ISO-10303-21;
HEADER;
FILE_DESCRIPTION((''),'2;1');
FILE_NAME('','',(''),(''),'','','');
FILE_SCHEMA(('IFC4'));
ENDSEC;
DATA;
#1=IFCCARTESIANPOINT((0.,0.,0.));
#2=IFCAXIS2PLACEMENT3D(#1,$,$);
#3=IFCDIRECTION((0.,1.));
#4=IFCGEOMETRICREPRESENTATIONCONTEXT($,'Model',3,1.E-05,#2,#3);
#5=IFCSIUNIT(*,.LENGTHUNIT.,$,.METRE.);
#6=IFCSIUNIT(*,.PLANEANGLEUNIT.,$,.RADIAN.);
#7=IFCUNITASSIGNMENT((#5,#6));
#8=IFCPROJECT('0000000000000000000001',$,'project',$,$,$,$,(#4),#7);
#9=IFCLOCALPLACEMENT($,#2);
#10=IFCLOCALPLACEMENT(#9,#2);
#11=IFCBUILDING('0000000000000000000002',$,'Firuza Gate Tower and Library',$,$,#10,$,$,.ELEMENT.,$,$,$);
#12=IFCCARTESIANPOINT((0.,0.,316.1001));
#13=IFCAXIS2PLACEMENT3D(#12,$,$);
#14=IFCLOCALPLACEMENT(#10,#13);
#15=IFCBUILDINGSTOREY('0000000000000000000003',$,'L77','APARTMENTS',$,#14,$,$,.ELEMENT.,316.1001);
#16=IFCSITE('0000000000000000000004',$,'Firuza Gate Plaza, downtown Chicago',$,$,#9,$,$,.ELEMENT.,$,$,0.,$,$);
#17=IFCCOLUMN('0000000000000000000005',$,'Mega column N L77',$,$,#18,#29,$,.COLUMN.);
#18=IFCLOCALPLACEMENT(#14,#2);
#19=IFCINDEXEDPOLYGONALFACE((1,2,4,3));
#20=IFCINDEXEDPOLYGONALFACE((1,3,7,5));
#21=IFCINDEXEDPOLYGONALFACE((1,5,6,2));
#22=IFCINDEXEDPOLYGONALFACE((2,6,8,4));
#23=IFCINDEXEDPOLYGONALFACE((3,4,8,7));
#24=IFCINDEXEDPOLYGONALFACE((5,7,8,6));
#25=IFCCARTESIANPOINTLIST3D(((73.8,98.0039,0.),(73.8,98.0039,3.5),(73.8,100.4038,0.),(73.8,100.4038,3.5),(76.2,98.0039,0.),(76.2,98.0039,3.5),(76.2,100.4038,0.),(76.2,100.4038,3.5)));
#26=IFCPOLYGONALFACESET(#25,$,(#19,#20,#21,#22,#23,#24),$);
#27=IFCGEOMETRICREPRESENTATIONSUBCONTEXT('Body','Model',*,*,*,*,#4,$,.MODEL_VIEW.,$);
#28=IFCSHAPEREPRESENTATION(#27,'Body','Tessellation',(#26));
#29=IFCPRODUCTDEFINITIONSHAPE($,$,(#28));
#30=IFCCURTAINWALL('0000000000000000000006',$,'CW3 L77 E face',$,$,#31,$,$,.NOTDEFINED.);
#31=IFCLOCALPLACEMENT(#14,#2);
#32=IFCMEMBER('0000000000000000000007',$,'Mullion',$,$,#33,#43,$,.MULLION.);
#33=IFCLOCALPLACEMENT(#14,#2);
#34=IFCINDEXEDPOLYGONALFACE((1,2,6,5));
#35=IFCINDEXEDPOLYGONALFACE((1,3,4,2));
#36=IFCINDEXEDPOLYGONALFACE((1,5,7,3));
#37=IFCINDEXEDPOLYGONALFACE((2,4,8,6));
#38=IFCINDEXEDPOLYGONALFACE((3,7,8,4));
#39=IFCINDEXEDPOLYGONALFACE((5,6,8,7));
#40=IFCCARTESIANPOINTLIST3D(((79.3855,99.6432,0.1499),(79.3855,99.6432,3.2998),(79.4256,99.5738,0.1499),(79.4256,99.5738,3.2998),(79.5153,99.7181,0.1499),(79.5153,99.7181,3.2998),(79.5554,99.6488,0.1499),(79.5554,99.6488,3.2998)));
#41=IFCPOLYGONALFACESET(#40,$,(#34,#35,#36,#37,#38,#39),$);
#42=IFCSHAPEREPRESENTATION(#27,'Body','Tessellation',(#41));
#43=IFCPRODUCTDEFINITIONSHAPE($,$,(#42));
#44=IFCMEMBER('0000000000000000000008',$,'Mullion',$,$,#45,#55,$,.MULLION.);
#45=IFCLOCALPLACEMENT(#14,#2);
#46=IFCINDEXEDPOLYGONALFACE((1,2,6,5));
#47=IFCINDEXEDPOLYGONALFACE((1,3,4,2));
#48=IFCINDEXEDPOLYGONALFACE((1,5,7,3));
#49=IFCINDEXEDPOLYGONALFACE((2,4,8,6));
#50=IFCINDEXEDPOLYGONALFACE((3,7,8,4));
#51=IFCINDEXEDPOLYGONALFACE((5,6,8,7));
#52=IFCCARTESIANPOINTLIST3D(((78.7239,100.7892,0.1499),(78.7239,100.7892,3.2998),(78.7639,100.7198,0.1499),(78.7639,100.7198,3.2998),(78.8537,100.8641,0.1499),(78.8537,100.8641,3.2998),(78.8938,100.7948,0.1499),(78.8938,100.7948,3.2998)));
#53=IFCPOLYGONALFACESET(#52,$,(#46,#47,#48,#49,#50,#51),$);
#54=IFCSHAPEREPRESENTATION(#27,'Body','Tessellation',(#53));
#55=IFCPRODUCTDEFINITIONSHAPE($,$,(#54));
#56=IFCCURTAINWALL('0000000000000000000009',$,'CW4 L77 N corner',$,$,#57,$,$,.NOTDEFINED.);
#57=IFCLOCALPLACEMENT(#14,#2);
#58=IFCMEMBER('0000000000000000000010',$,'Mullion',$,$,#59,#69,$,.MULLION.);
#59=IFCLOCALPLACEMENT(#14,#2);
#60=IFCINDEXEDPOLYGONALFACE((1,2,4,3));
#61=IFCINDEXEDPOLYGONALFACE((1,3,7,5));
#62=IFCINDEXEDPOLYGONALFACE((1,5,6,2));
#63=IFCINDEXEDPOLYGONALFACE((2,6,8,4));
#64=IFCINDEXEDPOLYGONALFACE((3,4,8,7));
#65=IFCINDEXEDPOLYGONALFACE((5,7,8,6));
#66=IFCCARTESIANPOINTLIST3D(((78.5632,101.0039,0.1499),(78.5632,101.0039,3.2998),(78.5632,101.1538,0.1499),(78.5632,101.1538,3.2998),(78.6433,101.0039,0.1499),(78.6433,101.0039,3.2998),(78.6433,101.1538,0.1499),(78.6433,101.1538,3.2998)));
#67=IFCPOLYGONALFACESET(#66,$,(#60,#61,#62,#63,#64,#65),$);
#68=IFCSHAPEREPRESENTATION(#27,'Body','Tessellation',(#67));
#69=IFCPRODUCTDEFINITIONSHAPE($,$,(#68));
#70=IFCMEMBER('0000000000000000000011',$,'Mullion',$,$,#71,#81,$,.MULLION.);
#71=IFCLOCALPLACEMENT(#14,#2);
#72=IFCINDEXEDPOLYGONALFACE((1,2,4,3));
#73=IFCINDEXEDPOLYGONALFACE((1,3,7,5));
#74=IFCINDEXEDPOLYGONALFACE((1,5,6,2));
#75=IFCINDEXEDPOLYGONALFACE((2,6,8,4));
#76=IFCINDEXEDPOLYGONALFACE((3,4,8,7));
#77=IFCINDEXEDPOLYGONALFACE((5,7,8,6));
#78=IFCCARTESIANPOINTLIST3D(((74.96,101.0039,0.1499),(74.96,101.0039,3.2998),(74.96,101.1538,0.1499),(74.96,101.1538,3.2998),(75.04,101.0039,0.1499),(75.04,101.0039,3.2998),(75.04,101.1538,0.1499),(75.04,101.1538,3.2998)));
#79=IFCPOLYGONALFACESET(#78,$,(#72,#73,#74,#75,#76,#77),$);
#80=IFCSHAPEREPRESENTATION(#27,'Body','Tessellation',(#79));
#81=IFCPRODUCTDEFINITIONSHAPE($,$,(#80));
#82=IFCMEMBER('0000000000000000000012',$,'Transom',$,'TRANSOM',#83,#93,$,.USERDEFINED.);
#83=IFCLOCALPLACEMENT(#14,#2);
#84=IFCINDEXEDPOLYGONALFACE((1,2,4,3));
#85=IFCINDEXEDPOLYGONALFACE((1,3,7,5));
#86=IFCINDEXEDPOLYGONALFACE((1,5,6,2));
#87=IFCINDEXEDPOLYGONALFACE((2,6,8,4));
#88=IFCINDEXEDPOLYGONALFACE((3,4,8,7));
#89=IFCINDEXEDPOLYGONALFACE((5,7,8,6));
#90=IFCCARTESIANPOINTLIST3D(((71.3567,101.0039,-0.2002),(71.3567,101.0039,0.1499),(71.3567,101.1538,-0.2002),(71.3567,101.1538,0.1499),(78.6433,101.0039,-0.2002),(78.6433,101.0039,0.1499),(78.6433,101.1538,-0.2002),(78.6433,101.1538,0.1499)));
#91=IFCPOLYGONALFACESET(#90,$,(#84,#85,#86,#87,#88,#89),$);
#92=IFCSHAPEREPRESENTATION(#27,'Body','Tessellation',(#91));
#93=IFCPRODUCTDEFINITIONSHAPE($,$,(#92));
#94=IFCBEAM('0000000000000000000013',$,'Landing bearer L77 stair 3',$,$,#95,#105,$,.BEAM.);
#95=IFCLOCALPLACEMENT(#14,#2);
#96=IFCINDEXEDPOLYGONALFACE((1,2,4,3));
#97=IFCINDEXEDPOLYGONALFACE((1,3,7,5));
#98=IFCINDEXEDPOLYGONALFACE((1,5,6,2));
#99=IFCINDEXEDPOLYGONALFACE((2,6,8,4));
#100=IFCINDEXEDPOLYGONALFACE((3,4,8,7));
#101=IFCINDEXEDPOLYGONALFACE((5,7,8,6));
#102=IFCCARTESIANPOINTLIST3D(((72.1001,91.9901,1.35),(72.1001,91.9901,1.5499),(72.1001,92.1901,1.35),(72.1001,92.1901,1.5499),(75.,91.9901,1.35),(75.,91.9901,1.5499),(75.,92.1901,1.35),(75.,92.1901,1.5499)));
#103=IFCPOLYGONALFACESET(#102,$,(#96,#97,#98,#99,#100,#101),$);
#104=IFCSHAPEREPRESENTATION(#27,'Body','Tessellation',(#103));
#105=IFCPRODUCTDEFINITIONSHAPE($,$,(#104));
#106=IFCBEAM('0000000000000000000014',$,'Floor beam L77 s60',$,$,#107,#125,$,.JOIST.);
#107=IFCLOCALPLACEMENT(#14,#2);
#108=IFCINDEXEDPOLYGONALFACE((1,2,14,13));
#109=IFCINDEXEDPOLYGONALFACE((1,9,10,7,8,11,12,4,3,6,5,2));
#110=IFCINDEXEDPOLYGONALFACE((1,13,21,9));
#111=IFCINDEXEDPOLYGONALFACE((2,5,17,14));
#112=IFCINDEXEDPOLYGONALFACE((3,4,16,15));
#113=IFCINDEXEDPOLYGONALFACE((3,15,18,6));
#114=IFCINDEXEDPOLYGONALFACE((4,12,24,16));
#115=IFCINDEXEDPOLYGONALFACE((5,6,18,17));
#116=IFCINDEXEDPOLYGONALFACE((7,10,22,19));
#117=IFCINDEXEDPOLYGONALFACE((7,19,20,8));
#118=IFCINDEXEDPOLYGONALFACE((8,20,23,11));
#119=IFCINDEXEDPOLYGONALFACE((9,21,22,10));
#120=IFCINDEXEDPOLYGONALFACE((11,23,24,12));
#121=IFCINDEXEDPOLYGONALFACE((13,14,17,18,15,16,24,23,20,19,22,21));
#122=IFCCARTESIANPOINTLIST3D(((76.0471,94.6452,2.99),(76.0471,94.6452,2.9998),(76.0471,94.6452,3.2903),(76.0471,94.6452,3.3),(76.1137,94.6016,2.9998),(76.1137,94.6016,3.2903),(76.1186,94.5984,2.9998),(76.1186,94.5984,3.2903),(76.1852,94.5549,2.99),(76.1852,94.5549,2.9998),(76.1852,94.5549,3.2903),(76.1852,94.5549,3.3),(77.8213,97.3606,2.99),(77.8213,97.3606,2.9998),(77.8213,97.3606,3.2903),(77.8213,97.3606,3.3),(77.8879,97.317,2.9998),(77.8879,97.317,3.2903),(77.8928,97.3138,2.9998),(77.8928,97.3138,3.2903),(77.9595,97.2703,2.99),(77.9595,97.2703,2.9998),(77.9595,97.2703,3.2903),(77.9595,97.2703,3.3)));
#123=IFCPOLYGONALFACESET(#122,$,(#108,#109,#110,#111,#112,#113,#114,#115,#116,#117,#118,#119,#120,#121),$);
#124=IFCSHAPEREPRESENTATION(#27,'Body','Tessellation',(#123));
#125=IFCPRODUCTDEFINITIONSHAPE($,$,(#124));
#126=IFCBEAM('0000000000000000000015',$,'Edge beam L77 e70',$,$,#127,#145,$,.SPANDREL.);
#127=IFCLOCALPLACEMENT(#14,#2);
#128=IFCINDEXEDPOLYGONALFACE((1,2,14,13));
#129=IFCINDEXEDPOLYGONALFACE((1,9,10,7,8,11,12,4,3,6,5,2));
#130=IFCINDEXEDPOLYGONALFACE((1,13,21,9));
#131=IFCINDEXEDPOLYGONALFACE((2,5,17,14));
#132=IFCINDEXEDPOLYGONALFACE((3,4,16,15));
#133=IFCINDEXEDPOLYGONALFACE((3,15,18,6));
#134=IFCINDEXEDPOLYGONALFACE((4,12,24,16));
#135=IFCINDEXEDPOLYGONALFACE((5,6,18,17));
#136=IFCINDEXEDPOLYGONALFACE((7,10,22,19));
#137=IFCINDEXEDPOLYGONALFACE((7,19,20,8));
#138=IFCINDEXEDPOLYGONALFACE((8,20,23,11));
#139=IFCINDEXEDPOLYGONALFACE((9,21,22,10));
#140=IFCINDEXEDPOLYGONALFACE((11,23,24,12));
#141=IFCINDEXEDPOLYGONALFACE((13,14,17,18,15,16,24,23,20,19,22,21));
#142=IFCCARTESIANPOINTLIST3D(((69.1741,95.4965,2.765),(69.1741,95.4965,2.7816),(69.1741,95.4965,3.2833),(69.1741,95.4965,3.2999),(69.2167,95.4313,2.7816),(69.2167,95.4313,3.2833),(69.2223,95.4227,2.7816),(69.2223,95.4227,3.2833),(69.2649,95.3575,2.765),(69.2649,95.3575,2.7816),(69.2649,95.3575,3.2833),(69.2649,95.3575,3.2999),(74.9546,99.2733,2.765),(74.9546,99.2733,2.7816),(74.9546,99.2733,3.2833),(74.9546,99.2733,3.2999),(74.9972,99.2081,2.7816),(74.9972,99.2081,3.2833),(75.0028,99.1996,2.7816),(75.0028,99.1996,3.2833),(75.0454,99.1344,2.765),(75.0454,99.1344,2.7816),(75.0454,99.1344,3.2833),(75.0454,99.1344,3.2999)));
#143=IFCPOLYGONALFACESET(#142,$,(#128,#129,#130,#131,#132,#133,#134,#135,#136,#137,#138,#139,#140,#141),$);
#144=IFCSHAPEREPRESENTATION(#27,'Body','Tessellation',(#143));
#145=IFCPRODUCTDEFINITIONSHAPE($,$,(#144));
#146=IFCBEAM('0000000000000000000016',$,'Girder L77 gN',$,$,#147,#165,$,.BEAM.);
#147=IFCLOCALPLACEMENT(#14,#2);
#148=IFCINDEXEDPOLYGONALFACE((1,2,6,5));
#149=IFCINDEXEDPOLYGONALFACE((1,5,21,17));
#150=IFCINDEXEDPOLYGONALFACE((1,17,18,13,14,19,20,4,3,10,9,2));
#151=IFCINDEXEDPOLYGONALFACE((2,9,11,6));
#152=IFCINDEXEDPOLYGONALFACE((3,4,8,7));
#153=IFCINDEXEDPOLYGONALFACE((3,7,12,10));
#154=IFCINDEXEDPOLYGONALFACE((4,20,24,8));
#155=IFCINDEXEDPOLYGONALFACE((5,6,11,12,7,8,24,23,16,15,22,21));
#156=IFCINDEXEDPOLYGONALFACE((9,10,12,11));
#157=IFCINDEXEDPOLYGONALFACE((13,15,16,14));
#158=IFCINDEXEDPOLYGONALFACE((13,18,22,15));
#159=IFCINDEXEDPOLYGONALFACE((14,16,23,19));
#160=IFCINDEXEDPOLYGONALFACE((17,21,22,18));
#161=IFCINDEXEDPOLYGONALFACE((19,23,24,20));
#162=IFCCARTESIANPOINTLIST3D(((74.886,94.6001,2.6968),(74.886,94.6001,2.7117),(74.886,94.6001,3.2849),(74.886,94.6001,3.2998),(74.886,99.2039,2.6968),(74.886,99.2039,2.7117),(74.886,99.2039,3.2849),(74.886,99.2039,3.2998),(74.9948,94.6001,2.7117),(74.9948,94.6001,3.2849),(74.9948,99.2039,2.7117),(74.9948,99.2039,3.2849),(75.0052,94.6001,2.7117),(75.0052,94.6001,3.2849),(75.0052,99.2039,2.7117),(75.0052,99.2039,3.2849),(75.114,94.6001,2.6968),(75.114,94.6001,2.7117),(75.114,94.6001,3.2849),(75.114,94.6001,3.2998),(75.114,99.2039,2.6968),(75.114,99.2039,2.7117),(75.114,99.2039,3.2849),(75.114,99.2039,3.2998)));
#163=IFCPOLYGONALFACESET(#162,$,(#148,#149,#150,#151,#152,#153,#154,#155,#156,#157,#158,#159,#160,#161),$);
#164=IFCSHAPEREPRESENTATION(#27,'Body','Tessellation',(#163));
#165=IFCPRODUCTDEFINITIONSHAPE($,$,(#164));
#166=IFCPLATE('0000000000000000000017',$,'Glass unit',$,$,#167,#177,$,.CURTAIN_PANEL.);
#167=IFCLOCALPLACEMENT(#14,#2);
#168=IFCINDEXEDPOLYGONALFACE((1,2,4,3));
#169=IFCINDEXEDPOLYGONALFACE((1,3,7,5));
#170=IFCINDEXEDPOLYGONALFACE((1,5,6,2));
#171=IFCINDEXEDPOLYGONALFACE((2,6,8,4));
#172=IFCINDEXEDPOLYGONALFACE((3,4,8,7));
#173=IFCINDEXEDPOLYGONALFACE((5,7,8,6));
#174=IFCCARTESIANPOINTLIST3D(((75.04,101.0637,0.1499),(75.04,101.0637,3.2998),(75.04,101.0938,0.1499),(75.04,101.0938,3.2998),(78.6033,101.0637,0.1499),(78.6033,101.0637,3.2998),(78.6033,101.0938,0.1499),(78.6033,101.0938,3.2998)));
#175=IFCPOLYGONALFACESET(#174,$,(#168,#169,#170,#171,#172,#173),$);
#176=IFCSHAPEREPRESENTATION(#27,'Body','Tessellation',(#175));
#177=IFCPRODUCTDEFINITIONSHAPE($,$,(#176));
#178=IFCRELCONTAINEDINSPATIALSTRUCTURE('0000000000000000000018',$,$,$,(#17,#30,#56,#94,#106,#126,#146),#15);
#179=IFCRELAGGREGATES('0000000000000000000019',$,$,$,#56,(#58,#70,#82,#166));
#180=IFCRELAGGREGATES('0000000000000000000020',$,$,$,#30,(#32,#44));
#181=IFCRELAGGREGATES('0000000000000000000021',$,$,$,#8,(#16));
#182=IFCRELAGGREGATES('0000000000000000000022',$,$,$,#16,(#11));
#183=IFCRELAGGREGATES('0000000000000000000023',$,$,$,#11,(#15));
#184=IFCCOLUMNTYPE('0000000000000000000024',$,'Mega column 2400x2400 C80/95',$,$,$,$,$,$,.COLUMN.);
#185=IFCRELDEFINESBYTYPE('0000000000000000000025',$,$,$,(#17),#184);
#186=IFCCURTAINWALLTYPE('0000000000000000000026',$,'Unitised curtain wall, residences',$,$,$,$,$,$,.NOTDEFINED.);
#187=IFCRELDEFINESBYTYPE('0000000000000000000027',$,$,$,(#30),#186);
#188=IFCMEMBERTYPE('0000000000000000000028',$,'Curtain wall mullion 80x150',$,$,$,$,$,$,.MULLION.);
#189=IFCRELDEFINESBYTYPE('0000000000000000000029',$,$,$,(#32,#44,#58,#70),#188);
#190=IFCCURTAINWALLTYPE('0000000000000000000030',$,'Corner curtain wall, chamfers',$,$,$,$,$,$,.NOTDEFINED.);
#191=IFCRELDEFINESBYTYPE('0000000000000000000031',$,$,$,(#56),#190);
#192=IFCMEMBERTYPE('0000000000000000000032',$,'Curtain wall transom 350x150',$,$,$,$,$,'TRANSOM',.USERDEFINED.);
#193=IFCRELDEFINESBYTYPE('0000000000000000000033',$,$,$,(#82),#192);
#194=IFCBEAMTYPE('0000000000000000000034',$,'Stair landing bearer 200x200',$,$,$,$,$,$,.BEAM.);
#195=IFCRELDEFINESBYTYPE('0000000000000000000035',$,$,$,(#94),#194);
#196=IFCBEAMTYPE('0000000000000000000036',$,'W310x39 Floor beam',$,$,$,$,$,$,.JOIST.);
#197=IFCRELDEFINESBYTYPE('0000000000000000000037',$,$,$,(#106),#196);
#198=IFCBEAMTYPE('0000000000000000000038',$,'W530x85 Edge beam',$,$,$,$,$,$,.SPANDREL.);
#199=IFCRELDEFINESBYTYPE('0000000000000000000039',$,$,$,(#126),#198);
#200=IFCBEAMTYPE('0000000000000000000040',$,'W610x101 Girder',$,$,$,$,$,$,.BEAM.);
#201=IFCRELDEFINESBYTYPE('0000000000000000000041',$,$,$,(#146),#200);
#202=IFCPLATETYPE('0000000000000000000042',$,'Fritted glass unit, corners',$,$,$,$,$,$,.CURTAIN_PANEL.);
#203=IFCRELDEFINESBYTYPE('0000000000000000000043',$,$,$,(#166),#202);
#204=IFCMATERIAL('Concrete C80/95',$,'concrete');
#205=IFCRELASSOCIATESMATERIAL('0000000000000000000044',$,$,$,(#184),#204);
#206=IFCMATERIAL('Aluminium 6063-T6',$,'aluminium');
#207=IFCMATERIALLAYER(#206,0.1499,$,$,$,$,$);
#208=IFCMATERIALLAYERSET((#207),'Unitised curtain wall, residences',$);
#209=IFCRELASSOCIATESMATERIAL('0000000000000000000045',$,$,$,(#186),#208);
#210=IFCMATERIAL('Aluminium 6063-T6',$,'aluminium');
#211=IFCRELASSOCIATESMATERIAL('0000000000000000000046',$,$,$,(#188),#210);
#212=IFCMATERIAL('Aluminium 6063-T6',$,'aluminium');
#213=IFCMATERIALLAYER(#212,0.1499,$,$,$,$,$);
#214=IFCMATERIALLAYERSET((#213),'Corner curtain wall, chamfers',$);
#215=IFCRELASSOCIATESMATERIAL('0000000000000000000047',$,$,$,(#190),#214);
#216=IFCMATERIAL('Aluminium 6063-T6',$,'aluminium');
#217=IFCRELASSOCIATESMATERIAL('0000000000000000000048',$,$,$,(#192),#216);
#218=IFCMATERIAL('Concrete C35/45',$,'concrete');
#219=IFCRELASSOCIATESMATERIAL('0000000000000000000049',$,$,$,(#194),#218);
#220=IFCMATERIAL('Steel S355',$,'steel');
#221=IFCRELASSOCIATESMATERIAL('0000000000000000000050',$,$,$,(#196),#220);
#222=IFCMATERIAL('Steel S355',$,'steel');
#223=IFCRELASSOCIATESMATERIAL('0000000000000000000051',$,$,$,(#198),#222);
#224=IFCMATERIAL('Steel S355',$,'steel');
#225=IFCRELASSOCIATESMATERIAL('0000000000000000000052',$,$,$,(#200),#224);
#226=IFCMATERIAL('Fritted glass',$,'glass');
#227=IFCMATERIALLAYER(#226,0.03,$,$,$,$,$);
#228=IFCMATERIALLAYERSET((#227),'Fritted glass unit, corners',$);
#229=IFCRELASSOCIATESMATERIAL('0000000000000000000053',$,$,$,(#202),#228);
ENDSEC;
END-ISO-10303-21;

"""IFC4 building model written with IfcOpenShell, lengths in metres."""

from ifc_helpers import new_model, si_unit, direction, frame, origin, origin_2d, place, context, subcontext, project, spatial, polyline, rectangle, i_section, outline, extrude, material, layer, layer_set, material_profile, profile_set, type_object, element, aggregate, save


model = new_model("IFC4")

# Units and contexts
model_context = context("Model", 3, precision=1e-05, world=origin(), true_north=direction((0.0, 1.0)))
body_context = subcontext(model_context, "Body", "Model", "MODEL_VIEW")
ifc_project = project(units=[si_unit("LENGTHUNIT", "METRE"), si_unit("PLANEANGLEUNIT", "RADIAN")], contexts=[model_context])

# Site, building, storey
site_placement = place(None, origin())
site = spatial("IfcSite", under=ifc_project, at=site_placement, Name="Firuza Gate Plaza, downtown Chicago", CompositionType="ELEMENT", RefElevation=0.0)
building_placement = place(site_placement, origin())
building = spatial("IfcBuilding", under=site, at=building_placement, Name="Firuza Gate Tower and Library", CompositionType="ELEMENT")
storey_placement = place(building_placement, frame((0.0, 0.0, 316.1001)))
storey = spatial("IfcBuildingStorey", under=building, at=storey_placement, Name="L77", Description="APARTMENTS", CompositionType="ELEMENT", Elevation=316.1001)

# Column
ifc_material_1 = material(Name="Concrete C80/95", Category="concrete")
ifc_material_profile_1 = material_profile(ifc_material_1, rectangle(XDim=2.3999, YDim=2.3999, at=origin_2d()))
ifc_profile_set_1 = profile_set([ifc_material_profile_1], Name="Concrete C80/95")
column_type = type_object("IfcColumnType", Name="Mega column 2400x2400 C80/95", PredefinedType="COLUMN", material=ifc_profile_set_1)
column_placement = place(storey_placement, frame((75.0, 99.2039, 0.0), z_axis=(0.0, 0.0, 1.0), x_axis=(-1.0, 0.0, 0.0)))
element("IfcColumn", 1, at=column_placement, inside=storey, type_object=column_type, Name="Mega column N L77", PredefinedType="COLUMN", context=body_context, shape_type="SweptSolid", body=[
    extrude(rectangle(XDim=2.3999, YDim=2.3999, at=origin_2d()), origin(), (0.0, 0.0, 1.0), 3.5),
])

# Curtain walls, members
ifc_material_2 = material(Name="Aluminium 6063-T6", Category="aluminium")
ifc_layer_1 = layer(ifc_material_2, 0.1499)
ifc_layer_set_1 = layer_set([ifc_layer_1], Name="Unitised curtain wall, residences")
curtain_wall_type_1 = type_object("IfcCurtainWallType", Name="Unitised curtain wall, residences", PredefinedType="NOTDEFINED", material=ifc_layer_set_1)
placement = place(storey_placement, origin())
curtain_wall_1 = element("IfcCurtainWall", 2, at=placement, inside=storey, type_object=curtain_wall_type_1, Name="CW3 L77 E face", PredefinedType="NOTDEFINED")
ifc_material_3 = material(Name="Aluminium 6063-T6", Category="aluminium")
ifc_material_profile_2 = material_profile(ifc_material_3, rectangle(XDim=0.1499, YDim=0.0801, at=origin_2d()))
ifc_profile_set_2 = profile_set([ifc_material_profile_2], Name="Aluminium 6063-T6")
member_type_1 = type_object("IfcMemberType", Name="Curtain wall mullion 80x150", PredefinedType="MULLION", material=ifc_profile_set_2)
member_1_placement = place(storey_placement, frame((79.4705, 99.646, 0.1499), z_axis=(0.0, 0.0, 1.0), x_axis=(-0.866025, -0.5, 0.0)))
member_1 = element("IfcMember", 3, at=member_1_placement, type_object=member_type_1, Name="Mullion", PredefinedType="MULLION", context=body_context, shape_type="SweptSolid", body=[
    extrude(rectangle(XDim=0.1499, YDim=0.0801, at=origin_2d()), origin(), (0.0, 0.0, 1.0), 3.1499),
])
member_2_placement = place(storey_placement, frame((78.8088, 100.792, 0.1499), z_axis=(0.0, 0.0, 1.0), x_axis=(-0.866025, -0.5, 0.0)))
member_2 = element("IfcMember", 4, at=member_2_placement, type_object=member_type_1, Name="Mullion", PredefinedType="MULLION", context=body_context, shape_type="SweptSolid", body=[
    extrude(rectangle(XDim=0.1499, YDim=0.0801, at=origin_2d()), origin(), (0.0, 0.0, 1.0), 3.1499),
])
ifc_material_4 = material(Name="Aluminium 6063-T6", Category="aluminium")
ifc_layer_2 = layer(ifc_material_4, 0.1499)
ifc_layer_set_2 = layer_set([ifc_layer_2], Name="Corner curtain wall, chamfers")
curtain_wall_type_2 = type_object("IfcCurtainWallType", Name="Corner curtain wall, chamfers", PredefinedType="NOTDEFINED", material=ifc_layer_set_2)
curtain_wall_2 = element("IfcCurtainWall", 5, at=placement, inside=storey, type_object=curtain_wall_type_2, Name="CW4 L77 N corner", PredefinedType="NOTDEFINED")
member_3_placement = place(storey_placement, frame((78.6033, 101.0789, 0.1499), z_axis=(0.0, 0.0, 1.0), x_axis=(0.0, -1.0, 0.0)))
member_3 = element("IfcMember", 6, at=member_3_placement, type_object=member_type_1, Name="Mullion", PredefinedType="MULLION", context=body_context, shape_type="SweptSolid", body=[
    extrude(rectangle(XDim=0.1499, YDim=0.0801, at=origin_2d()), origin(), (0.0, 0.0, 1.0), 3.1499),
])
member_4_placement = place(storey_placement, frame((75.0, 101.0789, 0.1499), z_axis=(0.0, 0.0, 1.0), x_axis=(0.0, -1.0, 0.0)))
member_4 = element("IfcMember", 7, at=member_4_placement, type_object=member_type_1, Name="Mullion", PredefinedType="MULLION", context=body_context, shape_type="SweptSolid", body=[
    extrude(rectangle(XDim=0.1499, YDim=0.0801, at=origin_2d()), origin(), (0.0, 0.0, 1.0), 3.1499),
])
ifc_material_5 = material(Name="Aluminium 6063-T6", Category="aluminium")
ifc_material_profile_3 = material_profile(ifc_material_5, rectangle(XDim=0.1499, YDim=0.3501, at=origin_2d()))
ifc_profile_set_3 = profile_set([ifc_material_profile_3], Name="Aluminium 6063-T6")
member_type_2 = type_object("IfcMemberType", Name="Curtain wall transom 350x150", ElementType="TRANSOM", PredefinedType="USERDEFINED", material=ifc_profile_set_3)
member_5_placement = place(storey_placement, frame((78.6433, 101.0789, -0.0251), z_axis=(-1.0, 0.0, 0.0), x_axis=(0.0, -1.0, 0.0)))
member_5 = element("IfcMember", 8, at=member_5_placement, type_object=member_type_2, Name="Transom", ObjectType="TRANSOM", PredefinedType="USERDEFINED", context=body_context, shape_type="SweptSolid", body=[
    extrude(rectangle(XDim=0.1499, YDim=0.3501, at=origin_2d()), origin(), (0.0, 0.0, 1.0), 7.2866),
])

# Beams
ifc_material_6 = material(Name="Concrete C35/45", Category="concrete")
ifc_material_profile_4 = material_profile(ifc_material_6, rectangle(XDim=0.2, YDim=0.2, at=origin_2d()))
ifc_profile_set_4 = profile_set([ifc_material_profile_4], Name="Concrete C35/45")
beam_type_1 = type_object("IfcBeamType", Name="Stair landing bearer 200x200", PredefinedType="BEAM", material=ifc_profile_set_4)
beam_1_placement = place(storey_placement, frame((75.0, 92.0901, 1.45), z_axis=(-1.0, 0.0, 0.0), x_axis=(0.0, -1.0, 0.0)))
element("IfcBeam", 9, at=beam_1_placement, inside=storey, type_object=beam_type_1, Name="Landing bearer L77 stair 3", PredefinedType="BEAM", context=body_context, shape_type="SweptSolid", body=[
    extrude(rectangle(XDim=0.2, YDim=0.2, at=origin_2d()), origin(), (0.0, 0.0, 1.0), 2.8999),
])
ifc_material_7 = material(Name="Steel S355", Category="steel")
ifc_material_profile_5 = material_profile(ifc_material_7, i_section(OverallWidth=0.165, OverallDepth=0.3101, WebThickness=0.0059, FlangeThickness=0.0098, at=origin_2d()))
ifc_profile_set_5 = profile_set([ifc_material_profile_5], Name="Steel S355")
beam_type_2 = type_object("IfcBeamType", Name="W310x39 Floor beam", PredefinedType="JOIST", material=ifc_profile_set_5)
beam_2_placement = place(storey_placement, frame((77.8904, 97.3154, 3.145), z_axis=(-0.546982, -0.837145, 0.0), x_axis=(0.837145, -0.546982, 0.0)))
element("IfcBeam", 10, at=beam_2_placement, inside=storey, type_object=beam_type_2, Name="Floor beam L77 s60", PredefinedType="JOIST", context=body_context, shape_type="SweptSolid", body=[
    extrude(i_section(OverallWidth=0.165, OverallDepth=0.3101, WebThickness=0.0059, FlangeThickness=0.0098, at=origin_2d()), origin(), (0.0, 0.0, 1.0), 3.2437),
])
ifc_material_8 = material(Name="Steel S355", Category="steel")
ifc_material_profile_6 = material_profile(ifc_material_8, i_section(OverallWidth=0.166, OverallDepth=0.5349, WebThickness=0.0103, FlangeThickness=0.0166, at=origin_2d()))
ifc_profile_set_6 = profile_set([ifc_material_profile_6], Name="Steel S355")
beam_type_3 = type_object("IfcBeamType", Name="W530x85 Edge beam", PredefinedType="SPANDREL", material=ifc_profile_set_6)
beam_3_placement = place(storey_placement, frame((75.0, 99.2039, 3.0325), z_axis=(-0.83715, -0.546974, 0.0), x_axis=(0.546974, -0.83715, 0.0)))
element("IfcBeam", 11, at=beam_3_placement, inside=storey, type_object=beam_type_3, Name="Edge beam L77 e70", PredefinedType="SPANDREL", context=body_context, shape_type="SweptSolid", body=[
    extrude(i_section(OverallWidth=0.166, OverallDepth=0.5349, WebThickness=0.0103, FlangeThickness=0.0166, at=origin_2d()), origin(), (0.0, 0.0, 1.0), 6.905),
])
ifc_material_9 = material(Name="Steel S355", Category="steel")
ifc_material_profile_7 = material_profile(ifc_material_9, i_section(OverallWidth=0.228, OverallDepth=0.603, WebThickness=0.0105, FlangeThickness=0.0149, at=origin_2d()))
ifc_profile_set_7 = profile_set([ifc_material_profile_7], Name="Steel S355")
beam_type_4 = type_object("IfcBeamType", Name="W610x101 Girder", PredefinedType="BEAM", material=ifc_profile_set_7)
beam_4_placement = place(storey_placement, frame((75.0, 99.2039, 2.9983), z_axis=(0.0, -1.0, 0.0), x_axis=(1.0, 0.0, 0.0)))
element("IfcBeam", 12, at=beam_4_placement, inside=storey, type_object=beam_type_4, Name="Girder L77 gN", PredefinedType="BEAM", context=body_context, shape_type="SweptSolid", body=[
    extrude(i_section(OverallWidth=0.228, OverallDepth=0.603, WebThickness=0.0105, FlangeThickness=0.0149, at=origin_2d()), origin(), (0.0, 0.0, 1.0), 4.6038),
])

# Plate
ifc_material_10 = material(Name="Fritted glass", Category="glass")
ifc_layer_3 = layer(ifc_material_10, 0.03)
ifc_layer_set_3 = layer_set([ifc_layer_3], Name="Fritted glass unit, corners")
plate_type_1 = type_object("IfcPlateType", Name="Fritted glass unit, corners", PredefinedType="CURTAIN_PANEL", material=ifc_layer_set_3)
plate_1_placement = place(storey_placement, frame((78.6033, 101.0938, 0.1499), z_axis=(0.0, 1.0, 0.0), x_axis=(-1.0, 0.0, 0.0)))
plate_1 = element("IfcPlate", 13, at=plate_1_placement, type_object=plate_type_1, Name="Glass unit", PredefinedType="CURTAIN_PANEL", context=body_context, shape_type="SweptSolid", body=[
    extrude(outline(polyline([(0.0, 0.0), (3.5632, 0.0), (3.5632, 3.1499), (0.0, 3.1499), (0.0, 0.0)])), origin(), (0.0, 0.0, -1.0), 0.03),
])
aggregate(curtain_wall_2, [member_3, member_4, member_5, plate_1])
aggregate(curtain_wall_1, [member_1, member_2])

save(model, "model.ifc")
